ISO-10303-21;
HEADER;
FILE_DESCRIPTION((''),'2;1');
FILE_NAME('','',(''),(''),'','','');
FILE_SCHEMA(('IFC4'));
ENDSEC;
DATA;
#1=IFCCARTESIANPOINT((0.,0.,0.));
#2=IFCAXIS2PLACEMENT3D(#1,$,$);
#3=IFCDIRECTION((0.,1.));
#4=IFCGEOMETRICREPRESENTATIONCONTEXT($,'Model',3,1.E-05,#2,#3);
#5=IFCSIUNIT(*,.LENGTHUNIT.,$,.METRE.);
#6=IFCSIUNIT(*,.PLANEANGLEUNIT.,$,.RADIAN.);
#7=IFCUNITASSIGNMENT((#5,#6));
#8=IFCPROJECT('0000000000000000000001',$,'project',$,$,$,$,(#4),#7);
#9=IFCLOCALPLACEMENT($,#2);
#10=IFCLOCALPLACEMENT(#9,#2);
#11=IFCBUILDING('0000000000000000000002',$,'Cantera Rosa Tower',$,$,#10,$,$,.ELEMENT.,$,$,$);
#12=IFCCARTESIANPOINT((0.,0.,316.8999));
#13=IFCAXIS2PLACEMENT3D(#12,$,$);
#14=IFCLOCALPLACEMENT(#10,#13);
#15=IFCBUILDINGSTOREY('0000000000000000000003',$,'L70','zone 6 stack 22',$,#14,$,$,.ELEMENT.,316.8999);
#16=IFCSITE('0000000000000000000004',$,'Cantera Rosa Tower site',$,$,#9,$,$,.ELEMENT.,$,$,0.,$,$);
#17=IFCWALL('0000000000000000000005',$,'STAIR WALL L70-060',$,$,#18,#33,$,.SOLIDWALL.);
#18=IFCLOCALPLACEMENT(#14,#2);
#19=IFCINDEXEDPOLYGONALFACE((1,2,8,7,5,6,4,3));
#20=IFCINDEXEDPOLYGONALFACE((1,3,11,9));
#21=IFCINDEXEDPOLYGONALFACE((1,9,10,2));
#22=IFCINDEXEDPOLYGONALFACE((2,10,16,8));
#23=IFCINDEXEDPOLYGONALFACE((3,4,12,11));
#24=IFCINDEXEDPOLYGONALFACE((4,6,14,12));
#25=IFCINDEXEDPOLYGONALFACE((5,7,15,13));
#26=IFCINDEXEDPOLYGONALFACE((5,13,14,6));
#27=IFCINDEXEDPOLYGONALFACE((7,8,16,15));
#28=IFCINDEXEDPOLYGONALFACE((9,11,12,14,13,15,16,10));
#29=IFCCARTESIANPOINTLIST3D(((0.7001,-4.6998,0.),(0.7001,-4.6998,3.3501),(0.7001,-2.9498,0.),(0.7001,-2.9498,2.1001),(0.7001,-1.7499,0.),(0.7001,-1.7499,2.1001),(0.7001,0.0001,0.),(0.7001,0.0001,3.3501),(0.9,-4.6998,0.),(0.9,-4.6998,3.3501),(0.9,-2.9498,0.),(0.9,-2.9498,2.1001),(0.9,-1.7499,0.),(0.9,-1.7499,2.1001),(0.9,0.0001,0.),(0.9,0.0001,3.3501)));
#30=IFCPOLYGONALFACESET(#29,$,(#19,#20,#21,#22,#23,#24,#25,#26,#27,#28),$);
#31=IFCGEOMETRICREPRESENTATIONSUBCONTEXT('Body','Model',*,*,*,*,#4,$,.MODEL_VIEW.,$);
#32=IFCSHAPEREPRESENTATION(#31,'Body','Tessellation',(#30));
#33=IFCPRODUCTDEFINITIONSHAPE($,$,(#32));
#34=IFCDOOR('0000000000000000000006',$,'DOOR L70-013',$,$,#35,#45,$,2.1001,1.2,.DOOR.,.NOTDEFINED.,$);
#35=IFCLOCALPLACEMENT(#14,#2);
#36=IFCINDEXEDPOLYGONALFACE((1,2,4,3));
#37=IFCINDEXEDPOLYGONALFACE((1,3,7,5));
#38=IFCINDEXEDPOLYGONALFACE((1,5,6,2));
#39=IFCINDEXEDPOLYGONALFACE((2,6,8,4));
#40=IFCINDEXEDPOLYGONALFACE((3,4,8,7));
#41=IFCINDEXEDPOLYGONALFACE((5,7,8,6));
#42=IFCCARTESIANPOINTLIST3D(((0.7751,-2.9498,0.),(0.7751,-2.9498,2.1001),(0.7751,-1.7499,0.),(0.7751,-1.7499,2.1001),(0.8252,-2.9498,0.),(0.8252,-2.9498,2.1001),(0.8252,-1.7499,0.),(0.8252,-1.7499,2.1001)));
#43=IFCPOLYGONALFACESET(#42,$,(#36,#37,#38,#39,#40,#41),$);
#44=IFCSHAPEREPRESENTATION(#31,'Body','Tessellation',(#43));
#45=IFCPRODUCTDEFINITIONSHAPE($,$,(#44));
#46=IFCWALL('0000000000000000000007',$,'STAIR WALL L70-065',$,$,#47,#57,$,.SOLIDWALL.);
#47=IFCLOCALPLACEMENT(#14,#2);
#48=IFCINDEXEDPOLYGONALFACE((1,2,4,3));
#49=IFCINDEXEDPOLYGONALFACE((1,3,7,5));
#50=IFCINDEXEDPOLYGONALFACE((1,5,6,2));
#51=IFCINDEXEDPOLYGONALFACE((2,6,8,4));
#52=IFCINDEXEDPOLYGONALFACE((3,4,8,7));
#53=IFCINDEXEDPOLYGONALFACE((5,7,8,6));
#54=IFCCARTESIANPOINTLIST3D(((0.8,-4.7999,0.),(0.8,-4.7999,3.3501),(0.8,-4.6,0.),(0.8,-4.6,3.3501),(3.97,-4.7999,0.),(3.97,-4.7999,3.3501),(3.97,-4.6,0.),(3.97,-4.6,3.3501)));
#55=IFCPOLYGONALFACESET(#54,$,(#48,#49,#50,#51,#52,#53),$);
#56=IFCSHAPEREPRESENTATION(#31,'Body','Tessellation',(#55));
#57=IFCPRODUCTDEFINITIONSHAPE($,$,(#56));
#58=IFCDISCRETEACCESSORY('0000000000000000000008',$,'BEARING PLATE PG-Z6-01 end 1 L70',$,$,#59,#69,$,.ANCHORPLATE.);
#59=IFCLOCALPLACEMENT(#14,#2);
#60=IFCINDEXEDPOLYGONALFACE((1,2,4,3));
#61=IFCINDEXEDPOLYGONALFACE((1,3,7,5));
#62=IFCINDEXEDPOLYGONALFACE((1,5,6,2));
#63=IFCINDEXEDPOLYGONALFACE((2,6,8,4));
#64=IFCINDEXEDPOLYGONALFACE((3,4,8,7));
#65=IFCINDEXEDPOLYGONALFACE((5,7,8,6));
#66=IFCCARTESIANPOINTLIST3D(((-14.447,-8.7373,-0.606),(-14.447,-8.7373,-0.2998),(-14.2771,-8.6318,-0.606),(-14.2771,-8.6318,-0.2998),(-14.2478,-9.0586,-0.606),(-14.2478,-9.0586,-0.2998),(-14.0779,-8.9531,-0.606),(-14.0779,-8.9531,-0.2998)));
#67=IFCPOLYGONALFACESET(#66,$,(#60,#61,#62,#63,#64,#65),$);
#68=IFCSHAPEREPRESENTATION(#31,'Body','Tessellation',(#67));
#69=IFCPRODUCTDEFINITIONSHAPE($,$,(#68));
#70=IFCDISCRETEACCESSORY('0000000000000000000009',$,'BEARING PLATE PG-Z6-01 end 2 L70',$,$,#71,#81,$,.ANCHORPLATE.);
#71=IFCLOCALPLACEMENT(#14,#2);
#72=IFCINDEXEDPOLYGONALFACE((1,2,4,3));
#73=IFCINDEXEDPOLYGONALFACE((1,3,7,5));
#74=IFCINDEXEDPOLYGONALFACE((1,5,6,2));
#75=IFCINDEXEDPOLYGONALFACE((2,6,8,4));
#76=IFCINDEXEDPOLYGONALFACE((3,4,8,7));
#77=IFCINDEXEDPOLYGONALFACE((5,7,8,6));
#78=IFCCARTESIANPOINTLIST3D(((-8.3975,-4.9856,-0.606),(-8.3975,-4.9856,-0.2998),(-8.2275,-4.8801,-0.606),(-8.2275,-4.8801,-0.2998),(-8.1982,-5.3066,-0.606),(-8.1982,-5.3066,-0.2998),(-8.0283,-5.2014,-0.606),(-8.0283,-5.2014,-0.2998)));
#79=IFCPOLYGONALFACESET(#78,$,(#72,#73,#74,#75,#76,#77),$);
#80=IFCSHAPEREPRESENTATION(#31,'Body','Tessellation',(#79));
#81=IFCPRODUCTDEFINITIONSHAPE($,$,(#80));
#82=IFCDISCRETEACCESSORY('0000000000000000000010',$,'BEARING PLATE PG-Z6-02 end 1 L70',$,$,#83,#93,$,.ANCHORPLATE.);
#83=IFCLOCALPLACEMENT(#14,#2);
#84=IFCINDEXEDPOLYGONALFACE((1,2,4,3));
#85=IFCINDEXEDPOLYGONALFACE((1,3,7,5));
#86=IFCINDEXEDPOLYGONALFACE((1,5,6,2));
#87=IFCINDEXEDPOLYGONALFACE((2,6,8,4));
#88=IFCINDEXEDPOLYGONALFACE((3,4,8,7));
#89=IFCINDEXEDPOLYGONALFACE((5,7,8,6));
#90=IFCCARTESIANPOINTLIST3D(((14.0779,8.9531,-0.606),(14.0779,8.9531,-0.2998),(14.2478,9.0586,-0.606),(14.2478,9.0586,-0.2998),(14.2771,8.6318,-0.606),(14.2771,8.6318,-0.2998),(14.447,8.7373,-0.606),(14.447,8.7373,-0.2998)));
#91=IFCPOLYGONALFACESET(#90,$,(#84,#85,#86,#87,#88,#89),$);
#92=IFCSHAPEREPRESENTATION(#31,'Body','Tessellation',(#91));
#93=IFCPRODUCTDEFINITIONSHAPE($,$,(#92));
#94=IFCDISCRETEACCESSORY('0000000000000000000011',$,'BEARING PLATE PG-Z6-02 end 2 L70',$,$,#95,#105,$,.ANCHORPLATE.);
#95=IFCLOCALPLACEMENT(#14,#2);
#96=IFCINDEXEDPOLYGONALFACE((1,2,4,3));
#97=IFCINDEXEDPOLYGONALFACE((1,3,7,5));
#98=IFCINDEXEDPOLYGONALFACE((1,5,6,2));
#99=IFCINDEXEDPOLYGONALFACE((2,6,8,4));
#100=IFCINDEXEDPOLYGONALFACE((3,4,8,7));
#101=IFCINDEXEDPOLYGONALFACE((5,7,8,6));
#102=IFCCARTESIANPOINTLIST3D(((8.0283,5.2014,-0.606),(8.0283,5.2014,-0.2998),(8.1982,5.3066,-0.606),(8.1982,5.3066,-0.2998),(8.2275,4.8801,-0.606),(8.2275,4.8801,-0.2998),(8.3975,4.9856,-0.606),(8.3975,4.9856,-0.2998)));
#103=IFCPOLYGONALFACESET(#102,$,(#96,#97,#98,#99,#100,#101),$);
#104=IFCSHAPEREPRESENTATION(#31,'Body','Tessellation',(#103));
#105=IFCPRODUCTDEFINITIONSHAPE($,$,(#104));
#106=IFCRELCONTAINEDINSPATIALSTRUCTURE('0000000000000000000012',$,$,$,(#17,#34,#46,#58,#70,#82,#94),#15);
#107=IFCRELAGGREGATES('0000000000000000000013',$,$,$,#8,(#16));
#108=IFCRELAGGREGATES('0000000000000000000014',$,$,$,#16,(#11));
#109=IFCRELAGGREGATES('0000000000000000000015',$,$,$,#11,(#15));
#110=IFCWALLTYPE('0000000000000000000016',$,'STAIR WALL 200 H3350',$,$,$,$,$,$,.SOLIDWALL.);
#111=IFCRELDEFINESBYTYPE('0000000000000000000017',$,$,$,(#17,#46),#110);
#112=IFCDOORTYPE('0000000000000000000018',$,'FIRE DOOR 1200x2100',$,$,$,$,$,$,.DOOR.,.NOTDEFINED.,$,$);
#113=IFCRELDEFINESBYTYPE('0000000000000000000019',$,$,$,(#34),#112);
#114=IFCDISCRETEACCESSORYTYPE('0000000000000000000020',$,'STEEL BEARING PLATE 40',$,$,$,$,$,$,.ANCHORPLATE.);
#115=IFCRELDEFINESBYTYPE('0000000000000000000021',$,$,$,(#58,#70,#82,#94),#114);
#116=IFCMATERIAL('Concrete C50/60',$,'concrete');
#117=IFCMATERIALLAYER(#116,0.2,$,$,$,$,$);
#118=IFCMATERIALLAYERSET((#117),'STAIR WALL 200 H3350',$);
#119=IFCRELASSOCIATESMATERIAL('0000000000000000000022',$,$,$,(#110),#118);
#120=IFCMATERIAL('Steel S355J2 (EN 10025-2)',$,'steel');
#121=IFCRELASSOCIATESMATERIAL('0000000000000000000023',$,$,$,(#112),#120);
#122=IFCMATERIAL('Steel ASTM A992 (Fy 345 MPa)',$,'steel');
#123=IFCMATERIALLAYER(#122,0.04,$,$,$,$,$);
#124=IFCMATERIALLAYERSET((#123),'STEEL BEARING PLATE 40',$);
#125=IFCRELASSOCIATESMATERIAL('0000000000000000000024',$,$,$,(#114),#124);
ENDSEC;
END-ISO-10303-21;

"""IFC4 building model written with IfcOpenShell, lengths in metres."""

from ifc_helpers import new_model, si_unit, direction, frame, frame_2d, origin, place, context, subcontext, project, spatial, polyline, rectangle, outline, extrude, material, layer, layer_set, type_object, element, fill, save


model = new_model("IFC4")

# Units and contexts
model_context = context("Model", 3, precision=1e-05, world=origin(), true_north=direction((0.0, 1.0)))
body_context = subcontext(model_context, "Body", "Model", "MODEL_VIEW")
ifc_project = project(units=[si_unit("LENGTHUNIT", "METRE"), si_unit("PLANEANGLEUNIT", "RADIAN")], contexts=[model_context])

# Site, building, storey
site_placement = place(None, origin())
site = spatial("IfcSite", under=ifc_project, at=site_placement, Name="Cantera Rosa Tower site", CompositionType="ELEMENT", RefElevation=0.0)
building_placement = place(site_placement, origin())
building = spatial("IfcBuilding", under=site, at=building_placement, Name="Cantera Rosa Tower", CompositionType="ELEMENT")
storey_placement = place(building_placement, frame((0.0, 0.0, 316.8999)))
storey = spatial("IfcBuildingStorey", under=building, at=storey_placement, Name="L70", Description="zone 6 stack 22", CompositionType="ELEMENT", Elevation=316.8999)

# Wall, opening, door
ifc_material_1 = material(Name="Concrete C50/60", Category="concrete")
ifc_layer_1 = layer(ifc_material_1, 0.2)
ifc_layer_set_1 = layer_set([ifc_layer_1], Name="STAIR WALL 200 H3350")
wall_type_1 = type_object("IfcWallType", Name="STAIR WALL 200 H3350", PredefinedType="SOLIDWALL", material=ifc_layer_set_1)
wall_1_placement = place(storey_placement, frame((0.8, -4.7, 0.0), z_axis=(0.0, 0.0, 1.0), x_axis=(0.0, 1.0, 0.0)))
wall_1 = element("IfcWall", 1, at=wall_1_placement, inside=storey, type_object=wall_type_1, Name="STAIR WALL L70-060", PredefinedType="SOLIDWALL", context=body_context, shape_type="SweptSolid", body=[
    extrude(rectangle(XDim=4.7, YDim=0.2, at=frame_2d((2.3501, 0.0))), origin(), (0.0, 0.0, 1.0), 3.3501),
])
opening_1_placement = place(wall_1_placement, frame((1.75, 0.0, 0.0)))
opening_1 = element("IfcOpeningElement", 2, at=opening_1_placement, cuts=wall_1, PredefinedType="OPENING", context=body_context, shape_type="SweptSolid", body=[
    extrude(rectangle(XDim=1.2, YDim=2.1001, at=frame_2d((0.6001, 1.05))), frame((0.0, 0.1099, 0.0), z_axis=(0.0, -1.0, 0.0), x_axis=(1.0, 0.0, 0.0)), (0.0, 0.0, 1.0), 0.22),
])
ifc_material_2 = material(Name="Steel S355J2 (EN 10025-2)", Category="steel")
door_type_1 = type_object("IfcDoorType", Name="FIRE DOOR 1200x2100", OperationType="NOTDEFINED", PredefinedType="DOOR", material=ifc_material_2)
door_1_placement = place(opening_1_placement, origin())
door_1 = element("IfcDoor", 3, at=door_1_placement, inside=storey, type_object=door_type_1, Name="DOOR L70-013", OperationType="NOTDEFINED", OverallHeight=2.1001, OverallWidth=1.2, PredefinedType="DOOR", context=body_context, shape_type="SweptSolid", body=[
    extrude(rectangle(XDim=1.2, YDim=2.1001, at=frame_2d((0.6001, 1.05))), frame((0.0, 0.0249, 0.0), z_axis=(0.0, -1.0, 0.0), x_axis=(1.0, 0.0, 0.0)), (0.0, 0.0, 1.0), 0.05),
])
fill(opening_1, door_1)

# Wall
wall_2_placement = place(storey_placement, frame((3.97, -4.7, 0.0), z_axis=(0.0, 0.0, 1.0), x_axis=(-1.0, 0.0, 0.0)))
element("IfcWall", 4, at=wall_2_placement, inside=storey, type_object=wall_type_1, Name="STAIR WALL L70-065", PredefinedType="SOLIDWALL", context=body_context, shape_type="SweptSolid", body=[
    extrude(rectangle(XDim=3.1699, YDim=0.2, at=frame_2d((1.585, 0.0))), origin(), (0.0, 0.0, 1.0), 3.3501),
])

# Discrete accessories
ifc_material_3 = material(Name="Steel ASTM A992 (Fy 345 MPa)", Category="steel")
ifc_layer_2 = layer(ifc_material_3, 0.04)
ifc_layer_set_2 = layer_set([ifc_layer_2], Name="STEEL BEARING PLATE 40")
discrete_accessory_type = type_object("IfcDiscreteAccessoryType", Name="STEEL BEARING PLATE 40", PredefinedType="ANCHORPLATE", material=ifc_layer_set_2)
discrete_accessory_1_placement = place(storey_placement, frame((0.0, 0.0, -0.606)))
element("IfcDiscreteAccessory", 5, at=discrete_accessory_1_placement, inside=storey, type_object=discrete_accessory_type, Name="BEARING PLATE PG-Z6-01 end 1 L70", PredefinedType="ANCHORPLATE", context=body_context, shape_type="SweptSolid", body=[
    extrude(outline(polyline([(-14.2771, -8.6318), (-14.447, -8.7373), (-14.2478, -9.0586), (-14.0779, -8.9531), (-14.2771, -8.6318)])), origin(), (0.0, 0.0, 1.0), 0.3062),
])
discrete_accessory_2_placement = place(storey_placement, frame((0.0, 0.0, -0.606)))
element("IfcDiscreteAccessory", 6, at=discrete_accessory_2_placement, inside=storey, type_object=discrete_accessory_type, Name="BEARING PLATE PG-Z6-01 end 2 L70", PredefinedType="ANCHORPLATE", context=body_context, shape_type="SweptSolid", body=[
    extrude(outline(polyline([(-8.1982, -5.3066), (-8.0283, -5.2014), (-8.2275, -4.8801), (-8.3975, -4.9856), (-8.1982, -5.3066)])), origin(), (0.0, 0.0, 1.0), 0.3062),
])
discrete_accessory_3_placement = place(storey_placement, frame((0.0, 0.0, -0.606)))
element("IfcDiscreteAccessory", 7, at=discrete_accessory_3_placement, inside=storey, type_object=discrete_accessory_type, Name="BEARING PLATE PG-Z6-02 end 1 L70", PredefinedType="ANCHORPLATE", context=body_context, shape_type="SweptSolid", body=[
    extrude(outline(polyline([(14.2771, 8.6318), (14.447, 8.7373), (14.2478, 9.0586), (14.0779, 8.9531), (14.2771, 8.6318)])), origin(), (0.0, 0.0, 1.0), 0.3062),
])
discrete_accessory_4_placement = place(storey_placement, frame((0.0, 0.0, -0.606)))
element("IfcDiscreteAccessory", 8, at=discrete_accessory_4_placement, inside=storey, type_object=discrete_accessory_type, Name="BEARING PLATE PG-Z6-02 end 2 L70", PredefinedType="ANCHORPLATE", context=body_context, shape_type="SweptSolid", body=[
    extrude(outline(polyline([(8.1982, 5.3066), (8.0283, 5.2014), (8.2275, 4.8801), (8.3975, 4.9856), (8.1982, 5.3066)])), origin(), (0.0, 0.0, 1.0), 0.3062),
])

save(model, "model.ifc")
